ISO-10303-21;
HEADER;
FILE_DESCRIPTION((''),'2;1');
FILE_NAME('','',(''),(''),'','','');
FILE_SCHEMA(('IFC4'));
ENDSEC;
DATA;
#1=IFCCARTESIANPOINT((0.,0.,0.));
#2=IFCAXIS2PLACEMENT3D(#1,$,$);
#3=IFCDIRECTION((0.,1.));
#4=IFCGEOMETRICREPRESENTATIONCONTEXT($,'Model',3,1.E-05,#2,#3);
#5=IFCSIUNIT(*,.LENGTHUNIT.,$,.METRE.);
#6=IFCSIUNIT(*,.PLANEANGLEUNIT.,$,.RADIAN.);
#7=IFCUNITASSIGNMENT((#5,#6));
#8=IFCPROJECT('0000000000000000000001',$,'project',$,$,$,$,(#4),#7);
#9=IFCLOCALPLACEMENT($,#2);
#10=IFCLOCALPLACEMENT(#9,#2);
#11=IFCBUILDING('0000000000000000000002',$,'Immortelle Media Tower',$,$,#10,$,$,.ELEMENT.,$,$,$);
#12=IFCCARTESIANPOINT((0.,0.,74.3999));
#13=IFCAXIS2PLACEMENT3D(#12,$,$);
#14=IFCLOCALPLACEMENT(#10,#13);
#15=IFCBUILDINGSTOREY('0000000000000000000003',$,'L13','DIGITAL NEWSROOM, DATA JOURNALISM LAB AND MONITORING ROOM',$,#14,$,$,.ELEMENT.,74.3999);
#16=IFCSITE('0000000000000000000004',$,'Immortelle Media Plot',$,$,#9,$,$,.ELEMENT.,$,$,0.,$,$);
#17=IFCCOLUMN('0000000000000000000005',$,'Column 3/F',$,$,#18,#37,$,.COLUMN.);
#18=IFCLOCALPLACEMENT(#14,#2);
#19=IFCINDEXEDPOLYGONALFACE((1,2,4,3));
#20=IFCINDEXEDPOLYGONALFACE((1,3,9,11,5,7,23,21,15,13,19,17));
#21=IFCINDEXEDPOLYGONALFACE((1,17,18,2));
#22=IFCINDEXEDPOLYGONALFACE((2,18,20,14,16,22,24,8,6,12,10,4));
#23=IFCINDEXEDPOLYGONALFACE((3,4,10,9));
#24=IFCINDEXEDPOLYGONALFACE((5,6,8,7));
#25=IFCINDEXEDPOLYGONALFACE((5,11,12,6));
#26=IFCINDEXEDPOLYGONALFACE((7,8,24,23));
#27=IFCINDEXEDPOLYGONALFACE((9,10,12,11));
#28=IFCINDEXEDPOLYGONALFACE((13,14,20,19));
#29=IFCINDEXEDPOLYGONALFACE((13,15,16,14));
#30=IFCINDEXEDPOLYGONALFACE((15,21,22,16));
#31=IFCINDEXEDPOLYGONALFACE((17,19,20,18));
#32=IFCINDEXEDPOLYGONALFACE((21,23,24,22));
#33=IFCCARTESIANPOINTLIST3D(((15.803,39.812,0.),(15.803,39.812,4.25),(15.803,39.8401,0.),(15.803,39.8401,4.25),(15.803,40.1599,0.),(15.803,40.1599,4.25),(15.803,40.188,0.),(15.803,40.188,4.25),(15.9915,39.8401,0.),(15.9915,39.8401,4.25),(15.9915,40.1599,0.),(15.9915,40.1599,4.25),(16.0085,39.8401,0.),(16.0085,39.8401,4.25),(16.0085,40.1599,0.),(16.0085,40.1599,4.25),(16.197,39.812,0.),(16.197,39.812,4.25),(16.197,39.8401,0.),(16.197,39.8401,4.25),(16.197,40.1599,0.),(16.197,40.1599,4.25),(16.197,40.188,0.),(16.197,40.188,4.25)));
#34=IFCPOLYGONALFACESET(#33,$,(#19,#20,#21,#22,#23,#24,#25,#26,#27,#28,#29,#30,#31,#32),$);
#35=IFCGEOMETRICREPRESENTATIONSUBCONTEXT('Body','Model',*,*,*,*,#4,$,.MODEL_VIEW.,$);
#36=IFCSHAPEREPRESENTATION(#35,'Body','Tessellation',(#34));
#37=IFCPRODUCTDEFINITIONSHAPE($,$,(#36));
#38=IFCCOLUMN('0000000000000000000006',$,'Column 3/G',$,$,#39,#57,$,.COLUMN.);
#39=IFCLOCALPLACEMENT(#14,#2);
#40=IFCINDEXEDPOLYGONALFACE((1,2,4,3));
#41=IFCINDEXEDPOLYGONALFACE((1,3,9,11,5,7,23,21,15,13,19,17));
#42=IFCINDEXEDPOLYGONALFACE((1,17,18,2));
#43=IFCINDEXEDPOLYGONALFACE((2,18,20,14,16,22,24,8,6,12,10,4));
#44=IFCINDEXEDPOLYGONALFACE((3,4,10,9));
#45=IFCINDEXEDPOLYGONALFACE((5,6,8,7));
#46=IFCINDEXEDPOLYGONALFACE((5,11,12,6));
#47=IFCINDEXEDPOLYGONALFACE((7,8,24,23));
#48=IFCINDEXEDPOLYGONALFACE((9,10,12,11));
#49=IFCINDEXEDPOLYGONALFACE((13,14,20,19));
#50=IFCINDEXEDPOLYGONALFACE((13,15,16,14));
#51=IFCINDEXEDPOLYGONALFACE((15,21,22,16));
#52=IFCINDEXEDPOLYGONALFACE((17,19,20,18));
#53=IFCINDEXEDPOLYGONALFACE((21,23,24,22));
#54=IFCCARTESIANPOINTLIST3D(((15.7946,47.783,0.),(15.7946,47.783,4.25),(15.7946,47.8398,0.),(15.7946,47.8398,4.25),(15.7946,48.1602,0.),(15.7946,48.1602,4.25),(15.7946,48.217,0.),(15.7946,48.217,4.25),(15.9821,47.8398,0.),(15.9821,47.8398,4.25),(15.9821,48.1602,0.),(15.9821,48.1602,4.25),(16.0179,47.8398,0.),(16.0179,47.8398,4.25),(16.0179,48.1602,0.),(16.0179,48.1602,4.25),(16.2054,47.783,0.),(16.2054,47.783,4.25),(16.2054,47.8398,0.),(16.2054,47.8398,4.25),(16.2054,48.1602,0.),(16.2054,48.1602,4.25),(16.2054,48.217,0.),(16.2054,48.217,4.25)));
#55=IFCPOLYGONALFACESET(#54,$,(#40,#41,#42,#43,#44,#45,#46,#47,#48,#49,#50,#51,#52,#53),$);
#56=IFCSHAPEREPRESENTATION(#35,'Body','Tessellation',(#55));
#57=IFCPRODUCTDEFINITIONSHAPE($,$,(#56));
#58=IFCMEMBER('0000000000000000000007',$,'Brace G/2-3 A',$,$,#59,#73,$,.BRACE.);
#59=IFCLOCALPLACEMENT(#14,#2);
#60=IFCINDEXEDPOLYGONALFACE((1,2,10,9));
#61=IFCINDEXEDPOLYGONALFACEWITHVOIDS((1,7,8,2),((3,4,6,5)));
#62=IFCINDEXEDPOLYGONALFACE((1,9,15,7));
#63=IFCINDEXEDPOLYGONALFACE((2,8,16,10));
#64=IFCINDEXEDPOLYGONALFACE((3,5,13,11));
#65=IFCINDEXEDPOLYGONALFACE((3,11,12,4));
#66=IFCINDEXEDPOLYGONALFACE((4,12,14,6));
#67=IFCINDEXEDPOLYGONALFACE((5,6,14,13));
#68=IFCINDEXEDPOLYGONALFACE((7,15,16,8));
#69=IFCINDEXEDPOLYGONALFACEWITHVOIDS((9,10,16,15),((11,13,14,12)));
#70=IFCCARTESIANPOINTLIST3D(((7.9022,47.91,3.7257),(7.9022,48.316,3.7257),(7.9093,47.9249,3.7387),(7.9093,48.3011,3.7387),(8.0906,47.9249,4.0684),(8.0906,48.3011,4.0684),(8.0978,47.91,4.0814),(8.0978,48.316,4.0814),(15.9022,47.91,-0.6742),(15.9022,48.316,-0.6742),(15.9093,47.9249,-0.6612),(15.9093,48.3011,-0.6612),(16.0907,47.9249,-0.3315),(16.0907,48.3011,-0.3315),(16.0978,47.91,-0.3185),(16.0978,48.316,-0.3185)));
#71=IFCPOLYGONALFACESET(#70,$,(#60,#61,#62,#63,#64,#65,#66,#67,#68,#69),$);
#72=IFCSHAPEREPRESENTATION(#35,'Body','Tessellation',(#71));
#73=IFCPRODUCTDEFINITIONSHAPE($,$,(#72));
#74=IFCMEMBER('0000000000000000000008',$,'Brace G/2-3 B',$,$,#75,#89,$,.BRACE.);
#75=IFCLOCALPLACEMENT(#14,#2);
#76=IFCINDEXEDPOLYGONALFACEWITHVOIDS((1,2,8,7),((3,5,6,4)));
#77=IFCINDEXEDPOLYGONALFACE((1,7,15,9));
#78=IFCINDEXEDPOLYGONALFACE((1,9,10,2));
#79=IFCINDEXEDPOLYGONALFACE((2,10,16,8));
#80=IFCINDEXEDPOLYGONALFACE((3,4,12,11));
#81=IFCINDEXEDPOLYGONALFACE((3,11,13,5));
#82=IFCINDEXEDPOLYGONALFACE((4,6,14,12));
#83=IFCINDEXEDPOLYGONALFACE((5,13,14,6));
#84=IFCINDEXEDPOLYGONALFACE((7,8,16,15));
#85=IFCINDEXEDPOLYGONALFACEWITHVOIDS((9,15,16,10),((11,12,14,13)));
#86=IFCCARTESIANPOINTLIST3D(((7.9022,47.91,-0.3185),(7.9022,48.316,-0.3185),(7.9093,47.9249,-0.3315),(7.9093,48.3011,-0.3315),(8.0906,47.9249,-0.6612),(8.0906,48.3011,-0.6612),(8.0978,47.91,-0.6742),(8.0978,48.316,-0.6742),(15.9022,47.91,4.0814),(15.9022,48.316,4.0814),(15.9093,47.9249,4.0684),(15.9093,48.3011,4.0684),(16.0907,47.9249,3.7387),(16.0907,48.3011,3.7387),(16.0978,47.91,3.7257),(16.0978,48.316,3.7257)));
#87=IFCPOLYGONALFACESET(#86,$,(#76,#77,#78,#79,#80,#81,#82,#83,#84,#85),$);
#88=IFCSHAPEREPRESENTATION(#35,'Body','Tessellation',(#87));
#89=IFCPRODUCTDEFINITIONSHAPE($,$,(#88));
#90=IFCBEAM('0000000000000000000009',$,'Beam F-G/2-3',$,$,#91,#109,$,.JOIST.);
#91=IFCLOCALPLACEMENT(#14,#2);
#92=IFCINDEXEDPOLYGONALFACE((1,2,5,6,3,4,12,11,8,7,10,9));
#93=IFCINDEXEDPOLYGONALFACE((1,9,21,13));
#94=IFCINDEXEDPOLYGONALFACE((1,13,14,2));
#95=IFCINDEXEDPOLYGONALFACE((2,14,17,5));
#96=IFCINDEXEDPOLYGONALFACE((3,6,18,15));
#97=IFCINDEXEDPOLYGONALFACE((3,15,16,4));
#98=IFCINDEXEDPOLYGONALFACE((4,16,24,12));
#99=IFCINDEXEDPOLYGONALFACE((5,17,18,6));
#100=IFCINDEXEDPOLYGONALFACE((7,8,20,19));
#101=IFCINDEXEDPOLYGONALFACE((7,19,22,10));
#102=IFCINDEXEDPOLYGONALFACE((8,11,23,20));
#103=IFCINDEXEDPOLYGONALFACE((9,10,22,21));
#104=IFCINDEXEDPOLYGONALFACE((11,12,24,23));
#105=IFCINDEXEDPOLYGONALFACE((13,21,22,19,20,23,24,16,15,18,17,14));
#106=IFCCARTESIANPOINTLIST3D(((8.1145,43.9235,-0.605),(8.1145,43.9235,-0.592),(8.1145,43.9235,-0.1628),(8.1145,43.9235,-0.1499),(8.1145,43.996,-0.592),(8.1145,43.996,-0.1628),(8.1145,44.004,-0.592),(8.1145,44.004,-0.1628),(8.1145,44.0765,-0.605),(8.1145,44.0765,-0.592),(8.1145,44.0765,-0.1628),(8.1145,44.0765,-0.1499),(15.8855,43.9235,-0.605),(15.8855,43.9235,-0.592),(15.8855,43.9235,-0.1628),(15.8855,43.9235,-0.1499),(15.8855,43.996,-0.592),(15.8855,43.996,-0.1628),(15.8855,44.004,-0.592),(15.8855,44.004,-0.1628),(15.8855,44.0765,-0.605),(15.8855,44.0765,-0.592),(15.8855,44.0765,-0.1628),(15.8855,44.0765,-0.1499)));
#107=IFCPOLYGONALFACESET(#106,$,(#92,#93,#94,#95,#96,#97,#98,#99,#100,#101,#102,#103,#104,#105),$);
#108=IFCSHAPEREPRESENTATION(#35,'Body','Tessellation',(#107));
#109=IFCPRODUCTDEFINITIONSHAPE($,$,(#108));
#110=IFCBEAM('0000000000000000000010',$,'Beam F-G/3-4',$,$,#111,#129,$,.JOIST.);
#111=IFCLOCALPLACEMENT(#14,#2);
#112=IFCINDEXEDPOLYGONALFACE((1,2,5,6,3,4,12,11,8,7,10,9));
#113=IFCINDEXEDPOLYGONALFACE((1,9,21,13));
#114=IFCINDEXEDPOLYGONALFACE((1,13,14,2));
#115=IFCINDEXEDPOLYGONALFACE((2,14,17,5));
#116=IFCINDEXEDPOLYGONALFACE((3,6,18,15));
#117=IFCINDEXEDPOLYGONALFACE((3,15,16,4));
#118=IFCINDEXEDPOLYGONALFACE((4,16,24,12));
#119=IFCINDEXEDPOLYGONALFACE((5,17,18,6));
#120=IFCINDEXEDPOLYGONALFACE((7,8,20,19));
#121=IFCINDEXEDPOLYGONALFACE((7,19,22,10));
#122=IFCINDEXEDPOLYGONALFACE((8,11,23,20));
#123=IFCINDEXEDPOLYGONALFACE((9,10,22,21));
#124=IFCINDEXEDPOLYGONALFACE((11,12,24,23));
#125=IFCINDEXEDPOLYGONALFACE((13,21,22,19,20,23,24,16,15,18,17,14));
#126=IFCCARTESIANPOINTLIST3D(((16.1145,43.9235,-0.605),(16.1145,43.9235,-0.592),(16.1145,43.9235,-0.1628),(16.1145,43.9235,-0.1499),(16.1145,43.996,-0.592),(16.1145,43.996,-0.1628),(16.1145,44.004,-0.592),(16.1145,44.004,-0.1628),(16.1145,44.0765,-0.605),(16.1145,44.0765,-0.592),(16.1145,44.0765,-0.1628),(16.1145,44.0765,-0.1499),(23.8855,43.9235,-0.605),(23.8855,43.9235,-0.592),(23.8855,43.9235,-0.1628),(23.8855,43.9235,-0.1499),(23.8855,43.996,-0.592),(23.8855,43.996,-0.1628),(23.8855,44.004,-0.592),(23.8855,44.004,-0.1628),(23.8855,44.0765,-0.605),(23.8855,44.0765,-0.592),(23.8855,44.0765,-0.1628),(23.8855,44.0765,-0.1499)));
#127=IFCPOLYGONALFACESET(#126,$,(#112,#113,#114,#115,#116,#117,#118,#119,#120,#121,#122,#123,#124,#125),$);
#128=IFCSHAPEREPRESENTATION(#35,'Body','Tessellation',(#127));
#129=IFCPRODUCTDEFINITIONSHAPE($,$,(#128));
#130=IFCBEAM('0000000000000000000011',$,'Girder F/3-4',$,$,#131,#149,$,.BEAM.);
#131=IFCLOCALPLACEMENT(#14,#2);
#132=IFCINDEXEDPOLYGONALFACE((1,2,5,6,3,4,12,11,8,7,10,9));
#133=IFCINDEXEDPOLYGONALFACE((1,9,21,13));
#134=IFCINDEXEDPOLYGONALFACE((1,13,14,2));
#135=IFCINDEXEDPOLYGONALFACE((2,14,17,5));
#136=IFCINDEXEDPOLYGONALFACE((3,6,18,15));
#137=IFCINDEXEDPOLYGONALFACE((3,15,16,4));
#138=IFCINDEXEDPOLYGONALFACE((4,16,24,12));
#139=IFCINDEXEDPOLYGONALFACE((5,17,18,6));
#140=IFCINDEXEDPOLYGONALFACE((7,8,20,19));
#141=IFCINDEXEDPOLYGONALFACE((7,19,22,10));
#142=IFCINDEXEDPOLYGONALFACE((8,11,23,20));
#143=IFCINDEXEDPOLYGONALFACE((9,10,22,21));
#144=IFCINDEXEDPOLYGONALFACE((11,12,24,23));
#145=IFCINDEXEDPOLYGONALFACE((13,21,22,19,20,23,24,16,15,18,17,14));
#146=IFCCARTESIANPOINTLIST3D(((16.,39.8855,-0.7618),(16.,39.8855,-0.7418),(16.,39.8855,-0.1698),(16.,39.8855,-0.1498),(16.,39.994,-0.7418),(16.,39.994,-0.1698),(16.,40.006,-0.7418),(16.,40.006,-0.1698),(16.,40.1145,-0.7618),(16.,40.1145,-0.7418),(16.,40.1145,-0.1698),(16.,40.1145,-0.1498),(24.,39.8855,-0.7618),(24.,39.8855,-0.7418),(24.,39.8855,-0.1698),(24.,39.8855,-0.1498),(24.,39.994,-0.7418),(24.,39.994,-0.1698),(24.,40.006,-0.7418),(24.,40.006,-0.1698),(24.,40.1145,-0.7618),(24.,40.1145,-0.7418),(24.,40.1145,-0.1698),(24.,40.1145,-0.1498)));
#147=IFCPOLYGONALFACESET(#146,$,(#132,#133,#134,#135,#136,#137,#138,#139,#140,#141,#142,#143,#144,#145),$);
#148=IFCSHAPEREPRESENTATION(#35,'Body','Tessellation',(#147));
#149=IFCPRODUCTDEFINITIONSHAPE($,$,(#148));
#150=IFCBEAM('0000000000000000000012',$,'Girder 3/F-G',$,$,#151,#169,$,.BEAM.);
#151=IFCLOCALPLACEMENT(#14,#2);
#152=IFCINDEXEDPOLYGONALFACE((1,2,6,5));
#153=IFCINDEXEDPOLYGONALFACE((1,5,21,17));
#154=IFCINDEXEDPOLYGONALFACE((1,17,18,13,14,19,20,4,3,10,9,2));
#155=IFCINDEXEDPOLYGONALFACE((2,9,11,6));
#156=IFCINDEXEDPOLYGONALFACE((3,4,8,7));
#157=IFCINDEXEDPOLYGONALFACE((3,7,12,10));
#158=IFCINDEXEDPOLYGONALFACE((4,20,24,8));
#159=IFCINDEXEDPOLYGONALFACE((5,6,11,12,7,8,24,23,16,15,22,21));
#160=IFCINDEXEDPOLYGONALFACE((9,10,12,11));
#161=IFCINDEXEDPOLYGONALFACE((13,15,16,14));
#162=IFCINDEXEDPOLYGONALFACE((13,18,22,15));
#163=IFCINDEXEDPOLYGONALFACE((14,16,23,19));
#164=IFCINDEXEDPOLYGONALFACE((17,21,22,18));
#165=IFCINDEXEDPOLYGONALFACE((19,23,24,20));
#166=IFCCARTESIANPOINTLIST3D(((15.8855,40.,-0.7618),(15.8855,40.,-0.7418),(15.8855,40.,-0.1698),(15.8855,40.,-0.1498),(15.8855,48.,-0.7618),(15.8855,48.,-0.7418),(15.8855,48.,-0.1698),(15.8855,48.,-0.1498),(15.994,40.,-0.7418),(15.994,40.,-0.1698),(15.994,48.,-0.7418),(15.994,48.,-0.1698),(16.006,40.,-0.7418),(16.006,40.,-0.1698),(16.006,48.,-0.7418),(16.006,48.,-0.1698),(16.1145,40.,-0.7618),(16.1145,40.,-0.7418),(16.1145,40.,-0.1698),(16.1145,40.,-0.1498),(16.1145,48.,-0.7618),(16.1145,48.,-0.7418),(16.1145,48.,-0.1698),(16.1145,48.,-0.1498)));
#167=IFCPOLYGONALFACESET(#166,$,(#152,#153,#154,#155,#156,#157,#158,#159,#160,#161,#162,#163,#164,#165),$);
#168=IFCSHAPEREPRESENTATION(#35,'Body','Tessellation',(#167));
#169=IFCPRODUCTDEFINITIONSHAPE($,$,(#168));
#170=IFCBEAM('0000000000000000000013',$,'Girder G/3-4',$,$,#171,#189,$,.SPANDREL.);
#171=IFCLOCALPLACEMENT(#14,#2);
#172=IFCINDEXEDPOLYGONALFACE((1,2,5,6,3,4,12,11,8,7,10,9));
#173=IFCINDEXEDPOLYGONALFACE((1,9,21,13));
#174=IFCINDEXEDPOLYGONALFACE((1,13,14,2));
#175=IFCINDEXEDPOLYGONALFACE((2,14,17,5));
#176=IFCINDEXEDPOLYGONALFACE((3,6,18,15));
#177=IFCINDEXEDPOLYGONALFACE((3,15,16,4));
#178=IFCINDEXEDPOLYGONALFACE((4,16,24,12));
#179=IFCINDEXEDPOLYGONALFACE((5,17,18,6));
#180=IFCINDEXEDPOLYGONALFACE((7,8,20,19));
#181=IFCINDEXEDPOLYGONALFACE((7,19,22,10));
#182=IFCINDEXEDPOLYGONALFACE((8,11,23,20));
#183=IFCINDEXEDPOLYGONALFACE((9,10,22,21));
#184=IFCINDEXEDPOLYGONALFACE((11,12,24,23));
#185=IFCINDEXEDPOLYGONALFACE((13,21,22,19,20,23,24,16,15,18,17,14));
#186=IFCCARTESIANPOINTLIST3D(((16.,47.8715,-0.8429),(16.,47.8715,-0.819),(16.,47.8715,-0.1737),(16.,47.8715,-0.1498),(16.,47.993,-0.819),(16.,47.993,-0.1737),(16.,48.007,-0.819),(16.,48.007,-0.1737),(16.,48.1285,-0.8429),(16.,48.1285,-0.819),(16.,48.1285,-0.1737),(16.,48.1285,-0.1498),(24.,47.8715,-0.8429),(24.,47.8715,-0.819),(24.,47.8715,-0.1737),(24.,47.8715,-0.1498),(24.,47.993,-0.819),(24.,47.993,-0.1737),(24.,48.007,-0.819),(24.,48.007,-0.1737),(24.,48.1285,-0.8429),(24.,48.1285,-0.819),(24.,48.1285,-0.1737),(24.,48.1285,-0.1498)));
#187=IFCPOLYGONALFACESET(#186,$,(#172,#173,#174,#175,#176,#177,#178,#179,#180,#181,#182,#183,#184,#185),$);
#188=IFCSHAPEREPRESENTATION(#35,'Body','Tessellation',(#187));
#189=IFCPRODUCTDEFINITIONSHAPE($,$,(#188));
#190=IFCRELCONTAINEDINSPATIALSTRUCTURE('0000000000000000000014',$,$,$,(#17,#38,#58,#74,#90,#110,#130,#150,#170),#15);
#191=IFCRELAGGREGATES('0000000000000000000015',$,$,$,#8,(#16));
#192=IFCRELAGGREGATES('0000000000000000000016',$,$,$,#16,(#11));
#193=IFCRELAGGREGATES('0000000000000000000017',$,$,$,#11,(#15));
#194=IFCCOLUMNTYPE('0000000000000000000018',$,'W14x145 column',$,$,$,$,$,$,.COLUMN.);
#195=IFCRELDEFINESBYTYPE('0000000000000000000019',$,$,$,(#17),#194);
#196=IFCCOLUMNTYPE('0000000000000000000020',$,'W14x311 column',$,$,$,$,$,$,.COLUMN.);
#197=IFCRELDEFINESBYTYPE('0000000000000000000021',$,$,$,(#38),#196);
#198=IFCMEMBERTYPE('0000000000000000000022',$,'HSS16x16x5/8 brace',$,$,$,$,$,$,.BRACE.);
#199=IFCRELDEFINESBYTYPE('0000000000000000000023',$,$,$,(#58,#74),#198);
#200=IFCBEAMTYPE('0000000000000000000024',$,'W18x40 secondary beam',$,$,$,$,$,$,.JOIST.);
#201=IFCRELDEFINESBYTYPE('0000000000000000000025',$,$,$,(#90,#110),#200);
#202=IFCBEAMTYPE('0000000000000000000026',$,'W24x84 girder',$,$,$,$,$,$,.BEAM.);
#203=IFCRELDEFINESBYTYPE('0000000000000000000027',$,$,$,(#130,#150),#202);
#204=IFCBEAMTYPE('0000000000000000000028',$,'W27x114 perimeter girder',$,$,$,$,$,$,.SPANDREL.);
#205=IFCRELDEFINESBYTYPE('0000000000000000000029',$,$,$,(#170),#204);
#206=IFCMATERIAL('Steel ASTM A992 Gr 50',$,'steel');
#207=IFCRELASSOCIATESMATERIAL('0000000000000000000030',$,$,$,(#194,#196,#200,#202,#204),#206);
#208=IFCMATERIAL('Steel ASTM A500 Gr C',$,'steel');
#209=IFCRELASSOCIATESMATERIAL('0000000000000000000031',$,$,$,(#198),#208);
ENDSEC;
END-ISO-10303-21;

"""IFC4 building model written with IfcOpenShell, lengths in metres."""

from ifc_helpers import new_model, si_unit, direction, frame, origin, origin_2d, place, context, subcontext, project, spatial, hollow_rectangle, i_section, extrude, material, material_profile, profile_set, type_object, element, save


model = new_model("IFC4")

# Units and contexts
model_context = context("Model", 3, precision=1e-05, world=origin(), true_north=direction((0.0, 1.0)))
body_context = subcontext(model_context, "Body", "Model", "MODEL_VIEW")
ifc_project = project(units=[si_unit("LENGTHUNIT", "METRE"), si_unit("PLANEANGLEUNIT", "RADIAN")], contexts=[model_context])

# Site, building, storey
site_placement = place(None, origin())
site = spatial("IfcSite", under=ifc_project, at=site_placement, Name="Immortelle Media Plot", CompositionType="ELEMENT", RefElevation=0.0)
building_placement = place(site_placement, origin())
building = spatial("IfcBuilding", under=site, at=building_placement, Name="Immortelle Media Tower", CompositionType="ELEMENT")
storey_placement = place(building_placement, frame((0.0, 0.0, 74.3999)))
storey = spatial("IfcBuildingStorey", under=building, at=storey_placement, Name="L13", Description="DIGITAL NEWSROOM, DATA JOURNALISM LAB AND MONITORING ROOM", CompositionType="ELEMENT", Elevation=74.3999)

# Columns
ifc_material_1 = material(Name="Steel ASTM A992 Gr 50", Category="steel")
ifc_material_profile_1 = material_profile(ifc_material_1, i_section(OverallWidth=0.394, OverallDepth=0.376, WebThickness=0.0171, FlangeThickness=0.0281, at=origin_2d()), Name="W14x145")
ifc_profile_set_1 = profile_set([ifc_material_profile_1], Name="Steel ASTM A992 Gr 50")
column_type_1 = type_object("IfcColumnType", Name="W14x145 column", PredefinedType="COLUMN", material=ifc_profile_set_1)
column_1_placement = place(storey_placement, frame((16.0, 40.0, 0.0), z_axis=(0.0, 0.0, 1.0), x_axis=(1.0, 0.0, 0.0)))
element("IfcColumn", 1, at=column_1_placement, inside=storey, type_object=column_type_1, Name="Column 3/F", PredefinedType="COLUMN", context=body_context, shape_type="SweptSolid", body=[
    extrude(i_section(OverallWidth=0.394, OverallDepth=0.376, WebThickness=0.0171, FlangeThickness=0.0281, at=origin_2d()), origin(), (0.0, 0.0, 1.0), 4.25),
])
ifc_material_profile_2 = material_profile(ifc_material_1, i_section(OverallWidth=0.4109, OverallDepth=0.4341, WebThickness=0.0359, FlangeThickness=0.0569, at=origin_2d()), Name="W14x311")
ifc_profile_set_2 = profile_set([ifc_material_profile_2], Name="Steel ASTM A992 Gr 50")
column_type_2 = type_object("IfcColumnType", Name="W14x311 column", PredefinedType="COLUMN", material=ifc_profile_set_2)
column_2_placement = place(storey_placement, frame((16.0, 48.0, 0.0), z_axis=(0.0, 0.0, 1.0), x_axis=(1.0, 0.0, 0.0)))
element("IfcColumn", 2, at=column_2_placement, inside=storey, type_object=column_type_2, Name="Column 3/G", PredefinedType="COLUMN", context=body_context, shape_type="SweptSolid", body=[
    extrude(i_section(OverallWidth=0.4109, OverallDepth=0.4341, WebThickness=0.0359, FlangeThickness=0.0569, at=origin_2d()), origin(), (0.0, 0.0, 1.0), 4.25),
])

# Members
ifc_material_2 = material(Name="Steel ASTM A500 Gr C", Category="steel")
ifc_material_profile_3 = material_profile(ifc_material_2, hollow_rectangle(XDim=0.406, YDim=0.406, WallThickness=0.0149, at=origin_2d()), Name="HSS16x16x5/8 brace")
ifc_profile_set_3 = profile_set([ifc_material_profile_3], Name="Steel ASTM A500 Gr C")
member_type = type_object("IfcMemberType", Name="HSS16x16x5/8 brace", PredefinedType="BRACE", material=ifc_profile_set_3)
for number, where, z_axis, x_axis, name in (
    (3, (16.0, 48.113, -0.4963), (-0.87622, 0.0, 0.481911), (0.0, -1.0, 0.0), "Brace G/2-3 A"),
    (4, (16.0, 48.113, 3.9036), (-0.87622, 0.0, -0.481911), (0.0, -1.0, 0.0), "Brace G/2-3 B"),
):
    element("IfcMember", number, at=place(storey_placement, frame(where, z_axis=z_axis, x_axis=x_axis)), inside=storey, type_object=member_type, Name=name, PredefinedType="BRACE", context=body_context, shape_type="SweptSolid", body=[
        extrude(hollow_rectangle(XDim=0.406, YDim=0.406, WallThickness=0.0149, at=origin_2d()), origin(), (0.0, 0.0, 1.0), 9.1301),
    ])

# Beams
ifc_material_profile_4 = material_profile(ifc_material_1, i_section(OverallWidth=0.1531, OverallDepth=0.4551, WebThickness=0.0081, FlangeThickness=0.0129, at=origin_2d()), Name="W18x40")
ifc_profile_set_4 = profile_set([ifc_material_profile_4], Name="Steel ASTM A992 Gr 50")
beam_type_1 = type_object("IfcBeamType", Name="W18x40 secondary beam", PredefinedType="JOIST", material=ifc_profile_set_4)
for number, where, z_axis, x_axis, name in (
    (5, (8.1145, 44.0, -0.3774), (1.0, 0.0, 0.0), (0.0, 1.0, 0.0), "Beam F-G/2-3"),
    (6, (16.1145, 44.0, -0.3774), (1.0, 0.0, 0.0), (0.0, 1.0, 0.0), "Beam F-G/3-4"),
):
    element("IfcBeam", number, at=place(storey_placement, frame(where, z_axis=z_axis, x_axis=x_axis)), inside=storey, type_object=beam_type_1, Name=name, PredefinedType="JOIST", context=body_context, shape_type="SweptSolid", body=[
        extrude(i_section(OverallWidth=0.1531, OverallDepth=0.4551, WebThickness=0.0081, FlangeThickness=0.0129, at=origin_2d()), origin(), (0.0, 0.0, 1.0), 7.771),
    ])
ifc_material_profile_5 = material_profile(ifc_material_1, i_section(OverallWidth=0.229, OverallDepth=0.6121, WebThickness=0.012, FlangeThickness=0.02, at=origin_2d()), Name="W24x84")
ifc_profile_set_5 = profile_set([ifc_material_profile_5], Name="Steel ASTM A992 Gr 50")
beam_type_2 = type_object("IfcBeamType", Name="W24x84 girder", PredefinedType="BEAM", material=ifc_profile_set_5)
for number, where, z_axis, x_axis, name in (
    (7, (16.0, 40.0, -0.4558), (1.0, 0.0, 0.0), (0.0, 1.0, 0.0), "Girder F/3-4"),
    (8, (16.0, 40.0, -0.4558), (0.0, 1.0, 0.0), (-1.0, 0.0, 0.0), "Girder 3/F-G"),
):
    element("IfcBeam", number, at=place(storey_placement, frame(where, z_axis=z_axis, x_axis=x_axis)), inside=storey, type_object=beam_type_2, Name=name, PredefinedType="BEAM", context=body_context, shape_type="SweptSolid", body=[
        extrude(i_section(OverallWidth=0.229, OverallDepth=0.6121, WebThickness=0.012, FlangeThickness=0.02, at=origin_2d()), origin(), (0.0, 0.0, 1.0), 8.0),
    ])
ifc_material_profile_6 = material_profile(ifc_material_1, i_section(OverallWidth=0.2571, OverallDepth=0.6931, WebThickness=0.0139, FlangeThickness=0.0239, at=origin_2d()), Name="W27x114")
ifc_profile_set_6 = profile_set([ifc_material_profile_6], Name="Steel ASTM A992 Gr 50")
beam_type_3 = type_object("IfcBeamType", Name="W27x114 perimeter girder", PredefinedType="SPANDREL", material=ifc_profile_set_6)
beam_placement = place(storey_placement, frame((16.0, 48.0, -0.4963), z_axis=(1.0, 0.0, 0.0), x_axis=(0.0, 1.0, 0.0)))
element("IfcBeam", 9, at=beam_placement, inside=storey, type_object=beam_type_3, Name="Girder G/3-4", PredefinedType="SPANDREL", context=body_context, shape_type="SweptSolid", body=[
    extrude(i_section(OverallWidth=0.2571, OverallDepth=0.6931, WebThickness=0.0139, FlangeThickness=0.0239, at=origin_2d()), origin(), (0.0, 0.0, 1.0), 8.0),
])

save(model, "model.ifc")
